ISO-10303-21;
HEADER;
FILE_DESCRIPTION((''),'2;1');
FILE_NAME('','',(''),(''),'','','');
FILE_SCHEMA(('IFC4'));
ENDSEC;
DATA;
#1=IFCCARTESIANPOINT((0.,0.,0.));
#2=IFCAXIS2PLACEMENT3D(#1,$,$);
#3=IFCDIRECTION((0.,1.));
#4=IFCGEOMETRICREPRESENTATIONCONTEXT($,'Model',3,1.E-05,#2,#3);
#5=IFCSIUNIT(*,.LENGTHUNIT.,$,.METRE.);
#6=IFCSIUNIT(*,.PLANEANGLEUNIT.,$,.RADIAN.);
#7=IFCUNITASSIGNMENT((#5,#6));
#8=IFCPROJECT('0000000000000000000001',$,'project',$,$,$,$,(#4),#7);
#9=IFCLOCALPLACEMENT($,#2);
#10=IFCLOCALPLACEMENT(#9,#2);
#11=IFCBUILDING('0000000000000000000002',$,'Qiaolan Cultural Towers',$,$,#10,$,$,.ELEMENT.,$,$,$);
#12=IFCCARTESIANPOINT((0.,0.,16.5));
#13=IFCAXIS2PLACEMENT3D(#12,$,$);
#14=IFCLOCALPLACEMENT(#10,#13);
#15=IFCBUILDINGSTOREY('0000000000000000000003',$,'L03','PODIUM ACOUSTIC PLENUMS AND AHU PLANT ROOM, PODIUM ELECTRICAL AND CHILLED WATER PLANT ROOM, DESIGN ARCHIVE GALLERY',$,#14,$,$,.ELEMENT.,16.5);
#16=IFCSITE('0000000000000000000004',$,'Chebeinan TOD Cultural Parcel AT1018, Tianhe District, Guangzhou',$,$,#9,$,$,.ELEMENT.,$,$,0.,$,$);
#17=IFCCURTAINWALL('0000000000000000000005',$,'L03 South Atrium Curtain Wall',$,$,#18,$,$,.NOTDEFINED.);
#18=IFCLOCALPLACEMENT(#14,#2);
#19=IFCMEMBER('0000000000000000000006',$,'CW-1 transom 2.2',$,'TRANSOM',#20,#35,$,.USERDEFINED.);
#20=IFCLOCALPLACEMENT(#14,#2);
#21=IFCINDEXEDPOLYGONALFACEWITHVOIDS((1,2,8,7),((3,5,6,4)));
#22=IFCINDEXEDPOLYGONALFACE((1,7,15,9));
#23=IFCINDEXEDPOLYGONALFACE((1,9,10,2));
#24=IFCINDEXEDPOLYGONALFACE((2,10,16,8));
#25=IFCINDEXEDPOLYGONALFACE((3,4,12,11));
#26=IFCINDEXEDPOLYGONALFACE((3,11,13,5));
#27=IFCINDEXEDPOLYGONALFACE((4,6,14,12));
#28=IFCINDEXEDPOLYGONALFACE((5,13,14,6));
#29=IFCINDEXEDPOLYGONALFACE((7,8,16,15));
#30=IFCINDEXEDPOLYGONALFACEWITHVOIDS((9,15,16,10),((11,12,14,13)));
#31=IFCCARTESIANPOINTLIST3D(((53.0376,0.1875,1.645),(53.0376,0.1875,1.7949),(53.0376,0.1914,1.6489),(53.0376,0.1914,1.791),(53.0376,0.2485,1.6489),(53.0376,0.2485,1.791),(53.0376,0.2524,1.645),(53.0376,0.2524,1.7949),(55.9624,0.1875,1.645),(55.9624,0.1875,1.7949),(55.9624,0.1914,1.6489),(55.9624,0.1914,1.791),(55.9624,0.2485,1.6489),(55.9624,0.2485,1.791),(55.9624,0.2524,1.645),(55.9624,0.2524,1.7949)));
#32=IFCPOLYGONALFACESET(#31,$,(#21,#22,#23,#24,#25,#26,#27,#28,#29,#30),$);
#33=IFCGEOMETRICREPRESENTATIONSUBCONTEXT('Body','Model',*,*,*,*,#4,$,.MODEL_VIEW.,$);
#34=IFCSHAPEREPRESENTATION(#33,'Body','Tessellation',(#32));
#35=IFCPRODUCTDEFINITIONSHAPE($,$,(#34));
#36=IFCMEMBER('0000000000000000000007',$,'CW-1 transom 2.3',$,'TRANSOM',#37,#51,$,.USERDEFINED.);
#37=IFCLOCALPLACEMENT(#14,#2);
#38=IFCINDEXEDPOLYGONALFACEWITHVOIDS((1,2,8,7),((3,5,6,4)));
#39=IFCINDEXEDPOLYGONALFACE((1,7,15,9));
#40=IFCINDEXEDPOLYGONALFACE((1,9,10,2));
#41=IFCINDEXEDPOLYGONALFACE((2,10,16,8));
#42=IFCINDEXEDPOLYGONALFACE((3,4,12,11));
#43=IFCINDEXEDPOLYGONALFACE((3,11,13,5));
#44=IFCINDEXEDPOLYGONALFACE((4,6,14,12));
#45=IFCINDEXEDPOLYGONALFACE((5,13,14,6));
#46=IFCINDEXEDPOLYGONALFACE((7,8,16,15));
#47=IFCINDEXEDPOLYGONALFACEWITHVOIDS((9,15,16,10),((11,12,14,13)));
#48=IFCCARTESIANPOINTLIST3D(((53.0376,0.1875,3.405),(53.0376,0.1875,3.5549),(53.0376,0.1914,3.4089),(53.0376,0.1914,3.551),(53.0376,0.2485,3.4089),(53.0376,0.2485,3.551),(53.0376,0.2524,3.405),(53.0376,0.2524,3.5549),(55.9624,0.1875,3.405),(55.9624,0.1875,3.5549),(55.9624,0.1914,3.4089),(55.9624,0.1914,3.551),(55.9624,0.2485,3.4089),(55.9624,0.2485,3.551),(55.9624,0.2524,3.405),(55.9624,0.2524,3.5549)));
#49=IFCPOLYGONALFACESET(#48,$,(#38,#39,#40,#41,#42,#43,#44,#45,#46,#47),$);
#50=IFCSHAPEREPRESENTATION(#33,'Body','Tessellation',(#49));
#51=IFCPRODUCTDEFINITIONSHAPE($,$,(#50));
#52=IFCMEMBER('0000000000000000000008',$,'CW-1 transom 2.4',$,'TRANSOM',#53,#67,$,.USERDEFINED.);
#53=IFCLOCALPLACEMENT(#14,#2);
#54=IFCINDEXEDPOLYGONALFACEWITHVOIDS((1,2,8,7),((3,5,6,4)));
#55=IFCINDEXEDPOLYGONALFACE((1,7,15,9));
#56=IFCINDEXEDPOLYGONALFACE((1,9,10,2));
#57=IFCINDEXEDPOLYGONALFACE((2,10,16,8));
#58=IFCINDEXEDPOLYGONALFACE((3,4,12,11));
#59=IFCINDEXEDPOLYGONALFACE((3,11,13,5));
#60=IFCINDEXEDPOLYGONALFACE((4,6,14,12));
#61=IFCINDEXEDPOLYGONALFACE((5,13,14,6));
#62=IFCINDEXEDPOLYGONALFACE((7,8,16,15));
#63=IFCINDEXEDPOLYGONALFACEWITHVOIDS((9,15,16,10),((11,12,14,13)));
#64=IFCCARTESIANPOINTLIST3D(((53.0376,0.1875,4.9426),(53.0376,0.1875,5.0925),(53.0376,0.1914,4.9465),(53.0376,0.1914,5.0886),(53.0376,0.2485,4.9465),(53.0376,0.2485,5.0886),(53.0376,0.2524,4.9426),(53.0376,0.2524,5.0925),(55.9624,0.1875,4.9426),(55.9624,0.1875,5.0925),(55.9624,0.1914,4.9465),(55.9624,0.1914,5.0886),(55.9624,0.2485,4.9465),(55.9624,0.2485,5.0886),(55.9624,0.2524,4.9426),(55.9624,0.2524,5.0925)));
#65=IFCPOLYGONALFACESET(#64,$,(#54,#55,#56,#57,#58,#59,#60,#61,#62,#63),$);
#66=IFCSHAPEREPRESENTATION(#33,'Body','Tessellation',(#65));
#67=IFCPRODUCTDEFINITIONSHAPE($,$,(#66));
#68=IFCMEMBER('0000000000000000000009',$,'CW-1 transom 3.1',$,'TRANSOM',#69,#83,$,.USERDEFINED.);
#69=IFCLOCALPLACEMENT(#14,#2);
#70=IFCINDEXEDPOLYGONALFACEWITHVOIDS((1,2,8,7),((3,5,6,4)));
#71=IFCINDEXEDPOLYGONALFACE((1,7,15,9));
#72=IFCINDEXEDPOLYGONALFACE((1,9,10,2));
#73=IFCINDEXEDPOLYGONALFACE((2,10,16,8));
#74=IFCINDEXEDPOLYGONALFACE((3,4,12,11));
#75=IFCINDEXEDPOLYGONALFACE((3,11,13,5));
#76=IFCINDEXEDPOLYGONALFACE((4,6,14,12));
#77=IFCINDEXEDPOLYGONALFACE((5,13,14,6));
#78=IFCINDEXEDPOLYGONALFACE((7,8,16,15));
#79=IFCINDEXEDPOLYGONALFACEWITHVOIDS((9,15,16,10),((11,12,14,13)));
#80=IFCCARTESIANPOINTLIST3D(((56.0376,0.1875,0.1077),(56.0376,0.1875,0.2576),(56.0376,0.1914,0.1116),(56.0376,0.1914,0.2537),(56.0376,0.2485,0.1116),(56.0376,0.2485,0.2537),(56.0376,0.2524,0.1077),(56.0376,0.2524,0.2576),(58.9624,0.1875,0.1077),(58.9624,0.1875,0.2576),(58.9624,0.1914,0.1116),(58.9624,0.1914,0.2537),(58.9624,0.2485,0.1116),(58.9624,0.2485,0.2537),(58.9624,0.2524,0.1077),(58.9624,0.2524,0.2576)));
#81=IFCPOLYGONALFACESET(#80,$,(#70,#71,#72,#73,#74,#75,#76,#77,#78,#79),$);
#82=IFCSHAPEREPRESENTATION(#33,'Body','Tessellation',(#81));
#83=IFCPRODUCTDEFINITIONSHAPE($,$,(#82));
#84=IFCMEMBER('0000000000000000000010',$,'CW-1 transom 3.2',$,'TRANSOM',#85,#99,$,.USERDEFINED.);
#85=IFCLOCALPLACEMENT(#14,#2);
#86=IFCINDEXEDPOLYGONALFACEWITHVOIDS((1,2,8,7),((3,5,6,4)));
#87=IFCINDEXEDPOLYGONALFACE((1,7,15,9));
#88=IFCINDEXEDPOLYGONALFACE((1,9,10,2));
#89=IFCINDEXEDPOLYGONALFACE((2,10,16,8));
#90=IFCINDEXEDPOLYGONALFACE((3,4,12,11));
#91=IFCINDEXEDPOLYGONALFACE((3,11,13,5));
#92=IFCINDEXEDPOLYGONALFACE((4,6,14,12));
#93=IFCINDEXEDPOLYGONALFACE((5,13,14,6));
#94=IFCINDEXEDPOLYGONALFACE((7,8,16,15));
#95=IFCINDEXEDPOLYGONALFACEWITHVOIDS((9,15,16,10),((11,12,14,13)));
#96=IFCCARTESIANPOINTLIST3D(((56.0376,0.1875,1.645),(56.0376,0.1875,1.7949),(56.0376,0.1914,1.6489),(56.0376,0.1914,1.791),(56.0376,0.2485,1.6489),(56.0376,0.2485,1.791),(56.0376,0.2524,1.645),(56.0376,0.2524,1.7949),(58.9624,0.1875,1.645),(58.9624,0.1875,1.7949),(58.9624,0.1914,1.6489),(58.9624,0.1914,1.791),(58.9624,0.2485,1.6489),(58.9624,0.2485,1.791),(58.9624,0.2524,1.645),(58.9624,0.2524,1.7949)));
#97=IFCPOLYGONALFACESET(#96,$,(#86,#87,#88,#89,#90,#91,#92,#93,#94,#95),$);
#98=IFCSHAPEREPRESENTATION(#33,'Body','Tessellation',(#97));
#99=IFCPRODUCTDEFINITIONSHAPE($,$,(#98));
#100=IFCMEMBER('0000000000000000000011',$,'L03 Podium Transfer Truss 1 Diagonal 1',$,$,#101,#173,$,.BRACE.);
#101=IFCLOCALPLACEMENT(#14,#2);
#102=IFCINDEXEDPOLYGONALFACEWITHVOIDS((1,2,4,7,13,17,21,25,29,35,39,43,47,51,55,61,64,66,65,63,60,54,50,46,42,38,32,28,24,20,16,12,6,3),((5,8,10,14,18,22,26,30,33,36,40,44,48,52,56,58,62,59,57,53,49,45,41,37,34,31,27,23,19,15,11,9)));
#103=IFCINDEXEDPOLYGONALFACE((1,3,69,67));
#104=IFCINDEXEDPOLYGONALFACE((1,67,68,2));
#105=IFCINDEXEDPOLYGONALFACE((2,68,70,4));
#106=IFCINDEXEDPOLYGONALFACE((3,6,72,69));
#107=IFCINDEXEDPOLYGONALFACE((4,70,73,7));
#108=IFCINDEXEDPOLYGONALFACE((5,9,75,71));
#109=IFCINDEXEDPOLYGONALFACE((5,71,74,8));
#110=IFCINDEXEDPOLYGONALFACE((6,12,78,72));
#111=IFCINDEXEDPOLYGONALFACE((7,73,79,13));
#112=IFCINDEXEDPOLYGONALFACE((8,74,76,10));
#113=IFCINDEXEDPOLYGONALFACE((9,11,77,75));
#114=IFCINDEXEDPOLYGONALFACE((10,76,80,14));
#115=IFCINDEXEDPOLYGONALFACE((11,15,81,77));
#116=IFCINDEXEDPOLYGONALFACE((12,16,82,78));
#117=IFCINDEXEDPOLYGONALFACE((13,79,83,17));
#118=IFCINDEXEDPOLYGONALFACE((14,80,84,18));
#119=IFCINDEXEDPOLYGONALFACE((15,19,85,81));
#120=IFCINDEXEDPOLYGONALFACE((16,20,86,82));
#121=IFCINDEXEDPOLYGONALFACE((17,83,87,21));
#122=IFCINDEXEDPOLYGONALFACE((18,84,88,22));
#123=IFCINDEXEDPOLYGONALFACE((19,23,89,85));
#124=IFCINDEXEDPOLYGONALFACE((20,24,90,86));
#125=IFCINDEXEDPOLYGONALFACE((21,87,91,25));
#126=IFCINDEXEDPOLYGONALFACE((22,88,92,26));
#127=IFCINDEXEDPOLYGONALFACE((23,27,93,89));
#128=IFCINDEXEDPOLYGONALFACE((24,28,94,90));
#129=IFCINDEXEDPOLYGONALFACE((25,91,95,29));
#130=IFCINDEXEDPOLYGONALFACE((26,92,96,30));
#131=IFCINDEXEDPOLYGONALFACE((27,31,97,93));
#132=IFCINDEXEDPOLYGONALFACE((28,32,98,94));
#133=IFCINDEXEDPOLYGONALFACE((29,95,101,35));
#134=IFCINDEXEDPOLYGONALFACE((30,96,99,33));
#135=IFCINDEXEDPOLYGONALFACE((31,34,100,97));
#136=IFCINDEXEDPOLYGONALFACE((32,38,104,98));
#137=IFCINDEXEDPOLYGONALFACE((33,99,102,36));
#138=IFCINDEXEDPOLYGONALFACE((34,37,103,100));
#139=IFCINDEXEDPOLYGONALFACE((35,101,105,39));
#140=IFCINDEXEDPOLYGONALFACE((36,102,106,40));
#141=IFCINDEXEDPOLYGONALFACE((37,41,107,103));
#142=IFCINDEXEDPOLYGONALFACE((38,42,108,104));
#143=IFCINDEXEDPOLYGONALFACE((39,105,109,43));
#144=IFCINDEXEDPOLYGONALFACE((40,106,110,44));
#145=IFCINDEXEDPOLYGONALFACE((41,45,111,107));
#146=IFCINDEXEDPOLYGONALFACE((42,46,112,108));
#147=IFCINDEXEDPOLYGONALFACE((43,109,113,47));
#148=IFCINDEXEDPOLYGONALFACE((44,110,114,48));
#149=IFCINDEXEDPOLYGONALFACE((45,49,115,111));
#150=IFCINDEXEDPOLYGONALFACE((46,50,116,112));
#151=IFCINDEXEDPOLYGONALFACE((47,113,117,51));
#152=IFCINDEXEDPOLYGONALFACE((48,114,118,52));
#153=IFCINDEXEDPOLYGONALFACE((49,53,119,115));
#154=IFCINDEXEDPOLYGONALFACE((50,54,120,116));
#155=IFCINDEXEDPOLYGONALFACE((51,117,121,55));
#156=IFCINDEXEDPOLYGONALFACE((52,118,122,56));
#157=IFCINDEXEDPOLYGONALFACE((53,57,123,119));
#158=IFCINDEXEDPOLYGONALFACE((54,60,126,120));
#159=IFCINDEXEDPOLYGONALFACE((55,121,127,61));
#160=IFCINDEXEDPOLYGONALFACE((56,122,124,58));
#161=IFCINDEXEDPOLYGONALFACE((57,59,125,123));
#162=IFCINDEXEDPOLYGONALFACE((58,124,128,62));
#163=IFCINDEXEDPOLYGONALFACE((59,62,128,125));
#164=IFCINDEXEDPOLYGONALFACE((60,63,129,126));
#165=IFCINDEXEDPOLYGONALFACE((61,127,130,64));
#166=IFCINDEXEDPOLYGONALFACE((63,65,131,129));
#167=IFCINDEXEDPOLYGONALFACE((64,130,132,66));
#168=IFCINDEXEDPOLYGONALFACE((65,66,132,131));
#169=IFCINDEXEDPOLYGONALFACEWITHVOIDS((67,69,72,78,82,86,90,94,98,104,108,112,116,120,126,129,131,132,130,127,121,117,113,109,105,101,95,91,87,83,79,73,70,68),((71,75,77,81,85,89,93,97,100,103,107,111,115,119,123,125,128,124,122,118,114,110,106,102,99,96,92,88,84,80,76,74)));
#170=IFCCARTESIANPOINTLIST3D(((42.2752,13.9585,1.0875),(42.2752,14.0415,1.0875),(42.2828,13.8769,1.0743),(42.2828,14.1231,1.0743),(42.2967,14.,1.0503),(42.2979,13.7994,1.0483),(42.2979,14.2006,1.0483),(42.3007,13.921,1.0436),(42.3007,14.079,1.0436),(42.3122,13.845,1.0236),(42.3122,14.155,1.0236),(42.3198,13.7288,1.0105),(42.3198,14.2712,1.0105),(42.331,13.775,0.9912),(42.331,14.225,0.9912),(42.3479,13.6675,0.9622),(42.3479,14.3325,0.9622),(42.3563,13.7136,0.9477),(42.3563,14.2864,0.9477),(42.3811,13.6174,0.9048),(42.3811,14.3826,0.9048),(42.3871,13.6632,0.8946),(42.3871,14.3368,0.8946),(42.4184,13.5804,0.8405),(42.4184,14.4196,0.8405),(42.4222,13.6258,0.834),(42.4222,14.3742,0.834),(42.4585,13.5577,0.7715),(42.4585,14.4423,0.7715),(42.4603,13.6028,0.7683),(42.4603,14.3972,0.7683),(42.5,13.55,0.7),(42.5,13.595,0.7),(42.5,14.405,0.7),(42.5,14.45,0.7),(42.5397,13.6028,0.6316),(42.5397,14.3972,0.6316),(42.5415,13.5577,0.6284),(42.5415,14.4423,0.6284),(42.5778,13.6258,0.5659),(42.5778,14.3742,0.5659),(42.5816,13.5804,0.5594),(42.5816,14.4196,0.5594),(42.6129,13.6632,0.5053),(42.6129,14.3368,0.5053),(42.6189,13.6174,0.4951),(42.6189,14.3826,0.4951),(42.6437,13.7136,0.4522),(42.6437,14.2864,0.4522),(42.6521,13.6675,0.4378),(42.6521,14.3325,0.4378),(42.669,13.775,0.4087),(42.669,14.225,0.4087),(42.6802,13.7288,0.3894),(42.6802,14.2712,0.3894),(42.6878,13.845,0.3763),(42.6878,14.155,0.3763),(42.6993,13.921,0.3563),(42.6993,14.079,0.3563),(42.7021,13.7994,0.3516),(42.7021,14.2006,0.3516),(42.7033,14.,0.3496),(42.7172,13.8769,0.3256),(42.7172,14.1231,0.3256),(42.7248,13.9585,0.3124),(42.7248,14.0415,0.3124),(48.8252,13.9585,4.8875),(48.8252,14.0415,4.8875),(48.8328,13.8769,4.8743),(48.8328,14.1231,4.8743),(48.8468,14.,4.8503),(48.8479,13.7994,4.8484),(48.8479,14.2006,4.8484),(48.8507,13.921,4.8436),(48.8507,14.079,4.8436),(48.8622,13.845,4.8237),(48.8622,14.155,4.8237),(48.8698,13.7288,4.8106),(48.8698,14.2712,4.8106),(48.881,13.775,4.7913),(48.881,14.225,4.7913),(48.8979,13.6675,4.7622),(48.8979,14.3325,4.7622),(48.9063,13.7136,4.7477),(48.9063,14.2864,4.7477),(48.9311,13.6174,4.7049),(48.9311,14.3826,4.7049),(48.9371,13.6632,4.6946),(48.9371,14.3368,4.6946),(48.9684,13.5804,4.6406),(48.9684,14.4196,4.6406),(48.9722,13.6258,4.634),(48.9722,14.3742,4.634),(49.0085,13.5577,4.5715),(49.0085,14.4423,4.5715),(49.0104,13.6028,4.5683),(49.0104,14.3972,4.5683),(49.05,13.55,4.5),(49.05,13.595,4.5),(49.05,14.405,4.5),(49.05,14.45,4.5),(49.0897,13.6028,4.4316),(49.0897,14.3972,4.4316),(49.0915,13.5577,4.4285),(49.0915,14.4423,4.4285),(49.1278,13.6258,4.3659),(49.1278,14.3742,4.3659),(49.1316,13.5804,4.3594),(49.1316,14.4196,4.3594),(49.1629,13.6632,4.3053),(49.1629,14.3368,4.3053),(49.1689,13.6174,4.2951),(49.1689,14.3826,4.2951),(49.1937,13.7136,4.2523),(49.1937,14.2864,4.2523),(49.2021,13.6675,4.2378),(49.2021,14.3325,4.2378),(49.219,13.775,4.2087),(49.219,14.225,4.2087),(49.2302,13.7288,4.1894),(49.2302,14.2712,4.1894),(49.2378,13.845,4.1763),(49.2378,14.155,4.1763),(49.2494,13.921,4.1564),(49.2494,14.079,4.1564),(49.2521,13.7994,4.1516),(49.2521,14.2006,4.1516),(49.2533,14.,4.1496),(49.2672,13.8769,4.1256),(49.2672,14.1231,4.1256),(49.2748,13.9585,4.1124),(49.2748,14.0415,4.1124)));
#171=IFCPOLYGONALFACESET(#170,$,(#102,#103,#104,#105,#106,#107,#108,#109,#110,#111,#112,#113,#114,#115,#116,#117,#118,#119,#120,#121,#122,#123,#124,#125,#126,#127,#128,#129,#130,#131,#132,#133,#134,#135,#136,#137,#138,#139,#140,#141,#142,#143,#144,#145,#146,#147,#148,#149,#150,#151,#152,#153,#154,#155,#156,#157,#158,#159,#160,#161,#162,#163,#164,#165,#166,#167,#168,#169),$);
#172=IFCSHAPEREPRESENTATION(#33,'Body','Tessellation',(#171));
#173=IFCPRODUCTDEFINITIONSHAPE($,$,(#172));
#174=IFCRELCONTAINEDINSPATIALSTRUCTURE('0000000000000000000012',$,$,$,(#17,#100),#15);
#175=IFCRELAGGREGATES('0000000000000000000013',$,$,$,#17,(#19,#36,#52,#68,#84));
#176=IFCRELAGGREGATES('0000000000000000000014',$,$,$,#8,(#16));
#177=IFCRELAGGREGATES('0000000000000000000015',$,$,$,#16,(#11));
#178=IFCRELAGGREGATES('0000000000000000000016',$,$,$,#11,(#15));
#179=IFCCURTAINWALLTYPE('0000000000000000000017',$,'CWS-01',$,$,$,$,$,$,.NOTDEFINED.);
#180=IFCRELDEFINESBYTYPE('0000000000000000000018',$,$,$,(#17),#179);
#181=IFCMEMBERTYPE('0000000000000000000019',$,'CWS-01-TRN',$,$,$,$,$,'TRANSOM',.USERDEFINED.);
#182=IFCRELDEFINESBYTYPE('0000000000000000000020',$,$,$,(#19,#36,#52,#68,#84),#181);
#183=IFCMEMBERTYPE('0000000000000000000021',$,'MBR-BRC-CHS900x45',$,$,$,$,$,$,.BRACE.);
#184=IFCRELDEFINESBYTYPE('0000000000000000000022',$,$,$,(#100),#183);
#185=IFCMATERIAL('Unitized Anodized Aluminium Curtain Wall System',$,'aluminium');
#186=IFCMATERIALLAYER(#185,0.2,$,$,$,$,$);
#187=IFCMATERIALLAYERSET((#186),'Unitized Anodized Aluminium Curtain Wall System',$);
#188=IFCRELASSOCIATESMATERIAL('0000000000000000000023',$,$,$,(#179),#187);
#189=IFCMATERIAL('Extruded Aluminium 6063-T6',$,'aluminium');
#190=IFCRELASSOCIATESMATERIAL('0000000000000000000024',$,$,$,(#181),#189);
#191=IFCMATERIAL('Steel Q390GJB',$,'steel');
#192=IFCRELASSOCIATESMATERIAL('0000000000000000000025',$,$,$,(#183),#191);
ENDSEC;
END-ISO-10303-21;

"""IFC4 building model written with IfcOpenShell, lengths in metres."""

from ifc_helpers import new_model, si_unit, direction, frame, origin, origin_2d, place, context, subcontext, project, spatial, hollow_rectangle, hollow_circle, extrude, material, layer, layer_set, material_profile, profile_set, type_object, element, aggregate, save


model = new_model("IFC4")

# Units and contexts
model_context = context("Model", 3, precision=1e-05, world=origin(), true_north=direction((0.0, 1.0)))
body_context = subcontext(model_context, "Body", "Model", "MODEL_VIEW")
ifc_project = project(units=[si_unit("LENGTHUNIT", "METRE"), si_unit("PLANEANGLEUNIT", "RADIAN")], contexts=[model_context])

# Site, building, storey
site_placement = place(None, origin())
site = spatial("IfcSite", under=ifc_project, at=site_placement, Name="Chebeinan TOD Cultural Parcel AT1018, Tianhe District, Guangzhou", CompositionType="ELEMENT", RefElevation=0.0)
building_placement = place(site_placement, origin())
building = spatial("IfcBuilding", under=site, at=building_placement, Name="Qiaolan Cultural Towers", CompositionType="ELEMENT")
storey_placement = place(building_placement, frame((0.0, 0.0, 16.5)))
storey = spatial("IfcBuildingStorey", under=building, at=storey_placement, Name="L03", Description="PODIUM ACOUSTIC PLENUMS AND AHU PLANT ROOM, PODIUM ELECTRICAL AND CHILLED WATER PLANT ROOM, DESIGN ARCHIVE GALLERY", CompositionType="ELEMENT", Elevation=16.5)

# Curtain wall, members
ifc_material_1 = material(Name="Unitized Anodized Aluminium Curtain Wall System", Category="aluminium")
ifc_layer_1 = layer(ifc_material_1, 0.2)
ifc_layer_set_1 = layer_set([ifc_layer_1], Name="Unitized Anodized Aluminium Curtain Wall System")
curtain_wall_type = type_object("IfcCurtainWallType", Name="CWS-01", PredefinedType="NOTDEFINED", material=ifc_layer_set_1)
curtain_wall_placement = place(storey_placement, origin())
curtain_wall = element("IfcCurtainWall", 1, at=curtain_wall_placement, inside=storey, type_object=curtain_wall_type, Name="L03 South Atrium Curtain Wall", PredefinedType="NOTDEFINED")
ifc_material_2 = material(Name="Extruded Aluminium 6063-T6", Category="aluminium")
ifc_material_profile_1 = material_profile(ifc_material_2, hollow_rectangle(XDim=0.0649, YDim=0.1499, WallThickness=0.0039, at=origin_2d()), Name="CWT-150x65x4")
ifc_profile_set_1 = profile_set([ifc_material_profile_1], Name="Extruded Aluminium 6063-T6")
member_type_1 = type_object("IfcMemberType", Name="CWS-01-TRN", ElementType="TRANSOM", PredefinedType="USERDEFINED", material=ifc_profile_set_1)
member_1_placement = place(storey_placement, frame((53.0376, 0.22, 1.72), z_axis=(1.0, 0.0, 0.0), x_axis=(0.0, 1.0, 0.0)))
member_1 = element("IfcMember", 2, at=member_1_placement, type_object=member_type_1, Name="CW-1 transom 2.2", ObjectType="TRANSOM", PredefinedType="USERDEFINED", context=body_context, shape_type="SweptSolid", body=[
    extrude(hollow_rectangle(XDim=0.0649, YDim=0.1499, WallThickness=0.0039, at=origin_2d()), origin(), (0.0, 0.0, 1.0), 2.9248),
])
member_2_placement = place(storey_placement, frame((53.0376, 0.22, 3.48), z_axis=(1.0, 0.0, 0.0), x_axis=(0.0, 1.0, 0.0)))
member_2 = element("IfcMember", 3, at=member_2_placement, type_object=member_type_1, Name="CW-1 transom 2.3", ObjectType="TRANSOM", PredefinedType="USERDEFINED", context=body_context, shape_type="SweptSolid", body=[
    extrude(hollow_rectangle(XDim=0.0649, YDim=0.1499, WallThickness=0.0039, at=origin_2d()), origin(), (0.0, 0.0, 1.0), 2.9248),
])
member_3_placement = place(storey_placement, frame((53.0376, 0.22, 5.0176), z_axis=(1.0, 0.0, 0.0), x_axis=(0.0, 1.0, 0.0)))
member_3 = element("IfcMember", 4, at=member_3_placement, type_object=member_type_1, Name="CW-1 transom 2.4", ObjectType="TRANSOM", PredefinedType="USERDEFINED", context=body_context, shape_type="SweptSolid", body=[
    extrude(hollow_rectangle(XDim=0.0649, YDim=0.1499, WallThickness=0.0039, at=origin_2d()), origin(), (0.0, 0.0, 1.0), 2.9248),
])
member_4_placement = place(storey_placement, frame((56.0376, 0.22, 0.1826), z_axis=(1.0, 0.0, 0.0), x_axis=(0.0, 1.0, 0.0)))
member_4 = element("IfcMember", 5, at=member_4_placement, type_object=member_type_1, Name="CW-1 transom 3.1", ObjectType="TRANSOM", PredefinedType="USERDEFINED", context=body_context, shape_type="SweptSolid", body=[
    extrude(hollow_rectangle(XDim=0.0649, YDim=0.1499, WallThickness=0.0039, at=origin_2d()), origin(), (0.0, 0.0, 1.0), 2.9248),
])
member_5_placement = place(storey_placement, frame((56.0376, 0.22, 1.72), z_axis=(1.0, 0.0, 0.0), x_axis=(0.0, 1.0, 0.0)))
member_5 = element("IfcMember", 6, at=member_5_placement, type_object=member_type_1, Name="CW-1 transom 3.2", ObjectType="TRANSOM", PredefinedType="USERDEFINED", context=body_context, shape_type="SweptSolid", body=[
    extrude(hollow_rectangle(XDim=0.0649, YDim=0.1499, WallThickness=0.0039, at=origin_2d()), origin(), (0.0, 0.0, 1.0), 2.9248),
])

# Member
ifc_material_3 = material(Name="Steel Q390GJB", Category="steel")
ifc_material_profile_2 = material_profile(ifc_material_3, hollow_circle(Radius=0.45, WallThickness=0.0449, at=origin_2d()), Name="CHS900x45")
ifc_profile_set_2 = profile_set([ifc_material_profile_2], Name="Steel Q390GJB")
member_type_2 = type_object("IfcMemberType", Name="MBR-BRC-CHS900x45", PredefinedType="BRACE", material=ifc_profile_set_2)
member_6_placement = place(storey_placement, frame((42.5, 14.0, 0.7), z_axis=(0.864973, 0.0, 0.501819), x_axis=(0.0, 1.0, 0.0)))
element("IfcMember", 7, at=member_6_placement, inside=storey, type_object=member_type_2, Name="L03 Podium Transfer Truss 1 Diagonal 1", PredefinedType="BRACE", context=body_context, shape_type="SweptSolid", body=[
    extrude(hollow_circle(Radius=0.45, WallThickness=0.0449, at=origin_2d()), origin(), (0.0, 0.0, 1.0), 7.5725),
])

aggregate(curtain_wall, [member_1, member_2, member_3, member_4, member_5])

save(model, "model.ifc")
